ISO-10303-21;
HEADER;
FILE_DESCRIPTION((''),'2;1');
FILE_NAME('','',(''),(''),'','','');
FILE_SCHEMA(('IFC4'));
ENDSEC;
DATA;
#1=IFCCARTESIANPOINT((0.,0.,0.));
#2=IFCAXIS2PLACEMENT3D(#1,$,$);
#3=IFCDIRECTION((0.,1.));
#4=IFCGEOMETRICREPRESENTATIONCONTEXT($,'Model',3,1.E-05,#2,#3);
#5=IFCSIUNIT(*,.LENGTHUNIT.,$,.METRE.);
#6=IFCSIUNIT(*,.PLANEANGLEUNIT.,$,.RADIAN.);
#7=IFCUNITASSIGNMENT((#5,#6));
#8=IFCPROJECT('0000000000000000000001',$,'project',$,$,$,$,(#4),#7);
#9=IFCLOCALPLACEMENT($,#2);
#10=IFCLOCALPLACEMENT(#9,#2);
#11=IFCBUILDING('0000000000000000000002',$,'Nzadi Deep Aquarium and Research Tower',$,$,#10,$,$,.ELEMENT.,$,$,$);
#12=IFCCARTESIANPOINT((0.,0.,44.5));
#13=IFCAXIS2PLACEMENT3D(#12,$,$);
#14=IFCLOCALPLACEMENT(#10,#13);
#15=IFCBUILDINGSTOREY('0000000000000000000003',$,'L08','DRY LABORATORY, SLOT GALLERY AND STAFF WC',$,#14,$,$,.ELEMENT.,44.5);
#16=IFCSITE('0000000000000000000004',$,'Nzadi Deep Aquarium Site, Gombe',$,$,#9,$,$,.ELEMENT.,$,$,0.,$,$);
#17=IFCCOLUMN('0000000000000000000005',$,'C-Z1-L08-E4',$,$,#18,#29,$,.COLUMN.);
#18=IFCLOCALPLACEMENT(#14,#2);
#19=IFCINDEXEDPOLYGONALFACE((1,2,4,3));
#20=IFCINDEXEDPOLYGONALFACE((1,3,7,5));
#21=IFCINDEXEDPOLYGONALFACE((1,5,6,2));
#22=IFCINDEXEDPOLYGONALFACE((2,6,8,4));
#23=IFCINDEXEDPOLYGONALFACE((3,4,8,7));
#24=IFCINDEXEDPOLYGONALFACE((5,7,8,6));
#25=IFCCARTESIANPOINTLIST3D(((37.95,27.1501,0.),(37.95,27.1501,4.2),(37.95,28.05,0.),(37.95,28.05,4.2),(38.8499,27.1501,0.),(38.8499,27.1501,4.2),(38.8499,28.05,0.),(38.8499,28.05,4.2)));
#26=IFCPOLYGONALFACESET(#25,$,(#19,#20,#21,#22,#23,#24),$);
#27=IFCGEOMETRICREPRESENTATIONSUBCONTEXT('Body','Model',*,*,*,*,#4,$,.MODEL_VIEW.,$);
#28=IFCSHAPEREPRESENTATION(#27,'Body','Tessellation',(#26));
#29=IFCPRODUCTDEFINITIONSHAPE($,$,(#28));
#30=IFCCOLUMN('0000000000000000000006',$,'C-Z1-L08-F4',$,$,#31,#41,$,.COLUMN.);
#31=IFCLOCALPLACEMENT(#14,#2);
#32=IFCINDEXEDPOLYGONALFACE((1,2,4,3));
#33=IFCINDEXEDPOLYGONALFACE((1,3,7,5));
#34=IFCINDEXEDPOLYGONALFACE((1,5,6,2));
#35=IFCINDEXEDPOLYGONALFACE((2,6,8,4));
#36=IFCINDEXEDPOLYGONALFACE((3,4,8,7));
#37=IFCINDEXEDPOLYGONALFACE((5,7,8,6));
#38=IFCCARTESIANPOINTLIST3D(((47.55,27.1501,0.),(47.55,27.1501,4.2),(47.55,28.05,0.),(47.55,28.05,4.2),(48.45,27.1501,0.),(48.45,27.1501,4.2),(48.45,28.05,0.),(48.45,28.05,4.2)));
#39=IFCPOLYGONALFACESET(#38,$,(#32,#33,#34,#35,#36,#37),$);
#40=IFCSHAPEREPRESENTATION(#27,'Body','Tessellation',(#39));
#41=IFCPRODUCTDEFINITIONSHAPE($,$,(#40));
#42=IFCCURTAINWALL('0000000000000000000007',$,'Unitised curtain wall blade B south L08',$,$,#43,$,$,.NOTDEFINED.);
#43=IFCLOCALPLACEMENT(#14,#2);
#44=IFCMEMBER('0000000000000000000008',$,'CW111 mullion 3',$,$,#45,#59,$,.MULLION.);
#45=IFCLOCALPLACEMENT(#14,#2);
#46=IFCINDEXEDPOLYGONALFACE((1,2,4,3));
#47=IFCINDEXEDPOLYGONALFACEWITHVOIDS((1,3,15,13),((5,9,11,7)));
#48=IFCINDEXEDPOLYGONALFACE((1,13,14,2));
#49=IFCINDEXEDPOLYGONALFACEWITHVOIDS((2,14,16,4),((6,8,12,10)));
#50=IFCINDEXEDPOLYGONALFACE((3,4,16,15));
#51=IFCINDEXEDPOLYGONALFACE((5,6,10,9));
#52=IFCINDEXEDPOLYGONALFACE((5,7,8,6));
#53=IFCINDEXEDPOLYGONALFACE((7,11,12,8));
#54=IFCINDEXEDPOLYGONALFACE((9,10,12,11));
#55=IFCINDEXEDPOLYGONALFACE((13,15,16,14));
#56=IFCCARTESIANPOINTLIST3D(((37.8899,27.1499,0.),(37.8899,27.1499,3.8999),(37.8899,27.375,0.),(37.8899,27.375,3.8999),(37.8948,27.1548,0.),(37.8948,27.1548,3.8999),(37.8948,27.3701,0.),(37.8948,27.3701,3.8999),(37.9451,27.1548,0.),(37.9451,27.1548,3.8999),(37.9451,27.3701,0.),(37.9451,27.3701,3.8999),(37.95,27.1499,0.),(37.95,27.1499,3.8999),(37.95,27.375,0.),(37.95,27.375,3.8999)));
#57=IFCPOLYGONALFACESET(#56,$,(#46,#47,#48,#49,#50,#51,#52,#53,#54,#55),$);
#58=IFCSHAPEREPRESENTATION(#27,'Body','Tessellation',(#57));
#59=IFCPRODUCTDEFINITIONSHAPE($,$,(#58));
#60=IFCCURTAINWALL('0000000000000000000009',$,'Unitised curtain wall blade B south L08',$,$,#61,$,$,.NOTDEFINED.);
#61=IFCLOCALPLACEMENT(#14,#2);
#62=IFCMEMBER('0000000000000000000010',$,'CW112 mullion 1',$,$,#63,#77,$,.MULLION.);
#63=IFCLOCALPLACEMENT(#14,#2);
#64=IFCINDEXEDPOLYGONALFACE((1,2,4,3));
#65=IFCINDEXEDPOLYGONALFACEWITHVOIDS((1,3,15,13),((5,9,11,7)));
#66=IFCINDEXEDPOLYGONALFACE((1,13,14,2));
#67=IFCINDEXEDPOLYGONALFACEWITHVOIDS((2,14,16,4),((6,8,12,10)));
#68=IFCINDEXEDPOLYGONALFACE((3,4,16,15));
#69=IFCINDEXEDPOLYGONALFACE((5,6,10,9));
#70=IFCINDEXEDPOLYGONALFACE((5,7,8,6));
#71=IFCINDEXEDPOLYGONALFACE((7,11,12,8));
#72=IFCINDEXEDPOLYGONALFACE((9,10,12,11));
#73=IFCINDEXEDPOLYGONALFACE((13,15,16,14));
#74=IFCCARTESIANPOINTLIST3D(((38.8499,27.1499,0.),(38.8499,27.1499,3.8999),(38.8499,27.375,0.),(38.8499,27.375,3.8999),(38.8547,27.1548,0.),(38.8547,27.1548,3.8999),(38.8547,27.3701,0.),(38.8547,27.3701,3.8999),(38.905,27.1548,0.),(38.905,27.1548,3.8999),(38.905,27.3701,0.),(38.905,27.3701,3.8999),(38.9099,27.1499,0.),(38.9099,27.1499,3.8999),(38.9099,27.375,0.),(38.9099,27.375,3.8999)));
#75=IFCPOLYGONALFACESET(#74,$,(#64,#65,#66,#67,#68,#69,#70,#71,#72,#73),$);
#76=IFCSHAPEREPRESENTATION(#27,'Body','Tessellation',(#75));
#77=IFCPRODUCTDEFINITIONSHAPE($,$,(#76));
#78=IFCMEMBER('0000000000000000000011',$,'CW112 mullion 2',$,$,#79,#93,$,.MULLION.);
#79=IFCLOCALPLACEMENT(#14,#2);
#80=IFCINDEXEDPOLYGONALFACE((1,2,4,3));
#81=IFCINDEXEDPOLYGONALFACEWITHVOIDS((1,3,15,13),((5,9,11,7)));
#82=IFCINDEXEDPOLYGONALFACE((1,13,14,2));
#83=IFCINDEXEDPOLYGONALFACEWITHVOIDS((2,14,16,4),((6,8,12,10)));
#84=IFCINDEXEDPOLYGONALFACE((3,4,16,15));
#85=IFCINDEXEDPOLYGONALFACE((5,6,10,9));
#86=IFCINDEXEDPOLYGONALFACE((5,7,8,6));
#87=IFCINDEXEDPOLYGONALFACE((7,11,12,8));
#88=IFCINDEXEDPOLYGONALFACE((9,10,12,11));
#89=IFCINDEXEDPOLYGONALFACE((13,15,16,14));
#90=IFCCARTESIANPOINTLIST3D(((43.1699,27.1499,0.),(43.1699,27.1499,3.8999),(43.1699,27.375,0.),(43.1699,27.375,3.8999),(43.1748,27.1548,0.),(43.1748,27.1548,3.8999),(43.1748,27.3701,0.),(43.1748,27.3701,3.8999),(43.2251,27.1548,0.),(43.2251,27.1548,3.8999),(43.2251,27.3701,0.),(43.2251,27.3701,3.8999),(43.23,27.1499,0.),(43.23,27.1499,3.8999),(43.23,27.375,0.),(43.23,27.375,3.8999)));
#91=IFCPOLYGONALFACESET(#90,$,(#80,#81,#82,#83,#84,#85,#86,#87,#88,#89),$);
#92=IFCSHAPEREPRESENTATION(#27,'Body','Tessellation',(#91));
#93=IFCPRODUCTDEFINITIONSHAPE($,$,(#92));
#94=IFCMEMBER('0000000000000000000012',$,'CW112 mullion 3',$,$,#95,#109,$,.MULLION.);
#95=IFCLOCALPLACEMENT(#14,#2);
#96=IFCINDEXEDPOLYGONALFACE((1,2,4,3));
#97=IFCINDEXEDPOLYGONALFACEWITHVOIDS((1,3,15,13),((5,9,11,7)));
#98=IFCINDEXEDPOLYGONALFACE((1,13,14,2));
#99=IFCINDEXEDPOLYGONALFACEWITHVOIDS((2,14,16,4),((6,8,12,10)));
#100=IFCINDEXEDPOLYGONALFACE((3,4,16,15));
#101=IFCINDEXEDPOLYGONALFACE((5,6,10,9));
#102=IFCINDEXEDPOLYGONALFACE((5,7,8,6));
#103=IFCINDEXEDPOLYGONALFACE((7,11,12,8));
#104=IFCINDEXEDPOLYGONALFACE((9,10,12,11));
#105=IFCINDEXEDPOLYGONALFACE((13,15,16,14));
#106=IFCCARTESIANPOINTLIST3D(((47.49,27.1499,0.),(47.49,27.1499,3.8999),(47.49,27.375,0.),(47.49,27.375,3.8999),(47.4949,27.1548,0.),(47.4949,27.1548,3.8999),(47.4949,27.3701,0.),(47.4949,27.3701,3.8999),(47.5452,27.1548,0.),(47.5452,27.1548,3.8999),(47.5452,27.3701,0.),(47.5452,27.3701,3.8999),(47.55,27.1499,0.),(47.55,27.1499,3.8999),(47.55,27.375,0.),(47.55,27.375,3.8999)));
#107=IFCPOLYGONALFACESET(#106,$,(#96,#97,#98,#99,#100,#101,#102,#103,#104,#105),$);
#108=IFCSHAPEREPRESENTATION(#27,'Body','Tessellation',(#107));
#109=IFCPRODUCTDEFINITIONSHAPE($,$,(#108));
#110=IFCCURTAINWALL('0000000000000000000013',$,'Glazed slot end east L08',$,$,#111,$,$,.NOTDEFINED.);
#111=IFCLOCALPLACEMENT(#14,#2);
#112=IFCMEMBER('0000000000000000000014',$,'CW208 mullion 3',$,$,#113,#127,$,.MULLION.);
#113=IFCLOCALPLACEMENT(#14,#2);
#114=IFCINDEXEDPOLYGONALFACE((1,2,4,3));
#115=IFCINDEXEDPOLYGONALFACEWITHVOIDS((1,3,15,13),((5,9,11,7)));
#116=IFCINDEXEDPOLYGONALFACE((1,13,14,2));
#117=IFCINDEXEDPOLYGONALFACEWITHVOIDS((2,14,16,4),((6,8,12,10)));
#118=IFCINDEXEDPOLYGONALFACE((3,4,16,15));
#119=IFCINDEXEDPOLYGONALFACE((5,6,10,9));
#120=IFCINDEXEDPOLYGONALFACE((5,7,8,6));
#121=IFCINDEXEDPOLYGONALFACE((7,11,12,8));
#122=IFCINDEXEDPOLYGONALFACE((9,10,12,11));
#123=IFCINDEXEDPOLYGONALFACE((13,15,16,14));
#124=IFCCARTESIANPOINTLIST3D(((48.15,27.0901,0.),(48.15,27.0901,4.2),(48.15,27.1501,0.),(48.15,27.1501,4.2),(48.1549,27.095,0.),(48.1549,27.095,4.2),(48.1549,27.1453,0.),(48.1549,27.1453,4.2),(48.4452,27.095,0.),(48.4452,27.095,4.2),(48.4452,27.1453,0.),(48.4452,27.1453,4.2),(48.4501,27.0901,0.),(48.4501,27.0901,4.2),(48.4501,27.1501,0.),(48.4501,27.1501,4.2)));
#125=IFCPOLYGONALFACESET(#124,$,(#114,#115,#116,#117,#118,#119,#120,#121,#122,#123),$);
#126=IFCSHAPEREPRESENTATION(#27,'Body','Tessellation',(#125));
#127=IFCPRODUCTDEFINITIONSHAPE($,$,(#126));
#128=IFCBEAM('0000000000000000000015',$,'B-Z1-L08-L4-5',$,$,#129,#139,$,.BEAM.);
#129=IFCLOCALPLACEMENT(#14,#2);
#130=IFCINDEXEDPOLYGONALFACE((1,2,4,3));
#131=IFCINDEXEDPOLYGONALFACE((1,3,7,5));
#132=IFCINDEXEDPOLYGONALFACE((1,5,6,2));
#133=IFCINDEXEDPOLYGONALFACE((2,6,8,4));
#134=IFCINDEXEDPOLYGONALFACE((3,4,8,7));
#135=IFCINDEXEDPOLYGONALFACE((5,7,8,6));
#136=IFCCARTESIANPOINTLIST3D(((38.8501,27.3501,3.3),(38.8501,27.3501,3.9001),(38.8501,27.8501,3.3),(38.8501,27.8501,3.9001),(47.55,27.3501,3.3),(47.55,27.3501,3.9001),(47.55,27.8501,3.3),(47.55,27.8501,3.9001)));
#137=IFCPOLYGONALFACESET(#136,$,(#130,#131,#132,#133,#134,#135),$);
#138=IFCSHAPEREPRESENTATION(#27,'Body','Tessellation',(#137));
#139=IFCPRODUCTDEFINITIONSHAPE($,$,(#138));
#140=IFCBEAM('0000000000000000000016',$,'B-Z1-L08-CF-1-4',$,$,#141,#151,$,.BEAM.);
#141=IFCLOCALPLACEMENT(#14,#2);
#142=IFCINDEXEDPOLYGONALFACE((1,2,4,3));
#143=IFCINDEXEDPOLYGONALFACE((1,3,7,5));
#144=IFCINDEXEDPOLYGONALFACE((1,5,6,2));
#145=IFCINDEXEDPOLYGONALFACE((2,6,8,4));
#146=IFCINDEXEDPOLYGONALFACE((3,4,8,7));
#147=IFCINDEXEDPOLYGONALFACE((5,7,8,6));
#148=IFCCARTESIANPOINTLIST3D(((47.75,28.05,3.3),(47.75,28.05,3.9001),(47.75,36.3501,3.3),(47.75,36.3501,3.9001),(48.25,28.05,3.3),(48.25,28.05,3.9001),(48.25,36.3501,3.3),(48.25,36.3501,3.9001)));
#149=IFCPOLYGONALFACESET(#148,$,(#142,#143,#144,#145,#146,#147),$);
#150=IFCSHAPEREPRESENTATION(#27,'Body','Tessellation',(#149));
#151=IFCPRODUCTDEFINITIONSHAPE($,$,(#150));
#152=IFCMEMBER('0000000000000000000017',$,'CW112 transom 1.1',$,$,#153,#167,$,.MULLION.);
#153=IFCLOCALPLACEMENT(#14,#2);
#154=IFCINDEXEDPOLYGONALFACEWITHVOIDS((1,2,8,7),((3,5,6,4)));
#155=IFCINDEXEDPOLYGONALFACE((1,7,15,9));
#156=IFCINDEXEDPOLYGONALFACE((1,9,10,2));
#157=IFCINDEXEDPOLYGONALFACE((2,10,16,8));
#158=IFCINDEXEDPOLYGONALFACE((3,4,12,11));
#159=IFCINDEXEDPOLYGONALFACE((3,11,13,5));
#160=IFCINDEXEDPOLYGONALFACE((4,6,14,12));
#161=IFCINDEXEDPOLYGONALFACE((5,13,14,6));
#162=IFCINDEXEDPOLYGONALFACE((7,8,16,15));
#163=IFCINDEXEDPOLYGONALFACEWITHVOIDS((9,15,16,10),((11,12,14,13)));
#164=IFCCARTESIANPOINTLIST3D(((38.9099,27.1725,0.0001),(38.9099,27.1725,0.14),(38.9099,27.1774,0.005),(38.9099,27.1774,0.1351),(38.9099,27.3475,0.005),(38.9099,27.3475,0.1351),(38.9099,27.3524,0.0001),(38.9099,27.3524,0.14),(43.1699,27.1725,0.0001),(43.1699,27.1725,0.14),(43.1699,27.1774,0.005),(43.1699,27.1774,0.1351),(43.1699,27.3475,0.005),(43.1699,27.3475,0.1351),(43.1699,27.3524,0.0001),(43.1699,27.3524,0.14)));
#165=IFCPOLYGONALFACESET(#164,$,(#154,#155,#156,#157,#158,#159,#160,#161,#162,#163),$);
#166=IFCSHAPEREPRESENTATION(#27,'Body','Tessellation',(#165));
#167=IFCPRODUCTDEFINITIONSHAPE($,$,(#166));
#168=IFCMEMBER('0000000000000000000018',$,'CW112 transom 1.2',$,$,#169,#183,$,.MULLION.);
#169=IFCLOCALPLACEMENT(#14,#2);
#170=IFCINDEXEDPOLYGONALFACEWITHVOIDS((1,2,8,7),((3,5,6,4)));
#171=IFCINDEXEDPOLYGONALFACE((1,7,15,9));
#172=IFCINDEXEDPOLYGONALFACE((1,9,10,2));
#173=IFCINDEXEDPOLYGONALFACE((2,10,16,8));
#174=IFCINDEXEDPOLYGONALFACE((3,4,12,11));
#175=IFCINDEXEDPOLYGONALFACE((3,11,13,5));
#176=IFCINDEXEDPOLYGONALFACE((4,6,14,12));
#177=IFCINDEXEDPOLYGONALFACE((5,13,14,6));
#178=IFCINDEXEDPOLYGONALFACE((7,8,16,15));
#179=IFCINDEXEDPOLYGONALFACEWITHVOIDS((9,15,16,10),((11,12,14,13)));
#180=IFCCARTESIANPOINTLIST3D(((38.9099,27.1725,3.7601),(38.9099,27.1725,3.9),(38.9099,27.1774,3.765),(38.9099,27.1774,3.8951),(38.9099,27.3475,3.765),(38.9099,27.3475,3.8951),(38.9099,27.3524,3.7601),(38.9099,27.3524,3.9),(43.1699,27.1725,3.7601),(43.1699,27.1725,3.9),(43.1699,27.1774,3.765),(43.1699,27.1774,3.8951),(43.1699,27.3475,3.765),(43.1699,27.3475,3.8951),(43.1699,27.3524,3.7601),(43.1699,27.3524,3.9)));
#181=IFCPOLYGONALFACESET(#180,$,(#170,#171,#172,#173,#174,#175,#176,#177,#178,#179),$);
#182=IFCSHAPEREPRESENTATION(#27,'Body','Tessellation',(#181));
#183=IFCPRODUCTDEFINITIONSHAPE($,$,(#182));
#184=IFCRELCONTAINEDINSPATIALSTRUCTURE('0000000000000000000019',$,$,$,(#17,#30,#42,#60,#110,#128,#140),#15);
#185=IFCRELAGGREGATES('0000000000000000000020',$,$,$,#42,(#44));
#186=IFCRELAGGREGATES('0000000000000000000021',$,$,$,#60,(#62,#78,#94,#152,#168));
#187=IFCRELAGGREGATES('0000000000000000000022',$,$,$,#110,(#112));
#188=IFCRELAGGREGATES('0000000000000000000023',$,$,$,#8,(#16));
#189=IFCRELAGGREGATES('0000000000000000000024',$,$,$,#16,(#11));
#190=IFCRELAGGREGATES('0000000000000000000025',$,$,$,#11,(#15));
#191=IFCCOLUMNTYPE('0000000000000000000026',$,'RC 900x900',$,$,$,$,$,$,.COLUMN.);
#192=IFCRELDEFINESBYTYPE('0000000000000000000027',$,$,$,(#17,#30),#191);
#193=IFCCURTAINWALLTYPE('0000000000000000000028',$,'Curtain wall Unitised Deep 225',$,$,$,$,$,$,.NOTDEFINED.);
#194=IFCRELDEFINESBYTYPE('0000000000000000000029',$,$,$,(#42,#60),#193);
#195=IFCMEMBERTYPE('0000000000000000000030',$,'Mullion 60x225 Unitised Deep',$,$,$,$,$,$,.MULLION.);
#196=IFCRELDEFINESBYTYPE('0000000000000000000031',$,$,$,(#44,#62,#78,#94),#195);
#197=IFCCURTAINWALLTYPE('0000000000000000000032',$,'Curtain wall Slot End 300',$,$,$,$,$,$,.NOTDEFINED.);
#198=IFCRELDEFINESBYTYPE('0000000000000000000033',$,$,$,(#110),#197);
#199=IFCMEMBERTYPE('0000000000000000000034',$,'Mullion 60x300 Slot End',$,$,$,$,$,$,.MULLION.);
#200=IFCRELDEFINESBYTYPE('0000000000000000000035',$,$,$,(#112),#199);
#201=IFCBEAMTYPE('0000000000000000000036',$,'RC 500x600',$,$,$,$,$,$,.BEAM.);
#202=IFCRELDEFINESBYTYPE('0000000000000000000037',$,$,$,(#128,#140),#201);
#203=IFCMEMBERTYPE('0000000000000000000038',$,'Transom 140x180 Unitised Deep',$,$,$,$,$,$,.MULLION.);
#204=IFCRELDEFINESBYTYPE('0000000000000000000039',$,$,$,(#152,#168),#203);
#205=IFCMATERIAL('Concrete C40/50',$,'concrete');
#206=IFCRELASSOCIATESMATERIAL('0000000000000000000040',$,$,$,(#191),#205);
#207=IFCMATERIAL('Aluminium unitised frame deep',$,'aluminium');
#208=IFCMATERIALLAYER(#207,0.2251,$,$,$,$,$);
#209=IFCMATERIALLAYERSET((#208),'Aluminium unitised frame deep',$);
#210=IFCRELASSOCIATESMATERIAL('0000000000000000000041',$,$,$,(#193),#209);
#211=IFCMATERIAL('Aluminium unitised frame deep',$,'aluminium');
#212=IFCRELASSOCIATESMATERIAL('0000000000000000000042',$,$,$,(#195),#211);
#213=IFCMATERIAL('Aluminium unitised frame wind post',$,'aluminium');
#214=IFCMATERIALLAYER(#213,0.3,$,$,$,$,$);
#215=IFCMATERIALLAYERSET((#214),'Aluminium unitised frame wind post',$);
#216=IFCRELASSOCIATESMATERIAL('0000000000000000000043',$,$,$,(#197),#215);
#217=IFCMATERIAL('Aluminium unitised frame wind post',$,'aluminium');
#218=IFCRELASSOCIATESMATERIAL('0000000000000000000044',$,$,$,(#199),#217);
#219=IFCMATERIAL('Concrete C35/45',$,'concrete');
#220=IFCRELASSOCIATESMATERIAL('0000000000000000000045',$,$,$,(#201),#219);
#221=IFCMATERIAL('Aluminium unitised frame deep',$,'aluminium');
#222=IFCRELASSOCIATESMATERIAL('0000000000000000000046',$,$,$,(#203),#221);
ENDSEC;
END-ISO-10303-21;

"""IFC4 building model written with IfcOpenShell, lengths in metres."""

from ifc_helpers import new_model, si_unit, direction, frame, origin, origin_2d, place, context, subcontext, project, spatial, rectangle, hollow_rectangle, extrude, material, layer, layer_set, material_profile, profile_set, type_object, element, aggregate, save


model = new_model("IFC4")

# Units and contexts
model_context = context("Model", 3, precision=1e-05, world=origin(), true_north=direction((0.0, 1.0)))
body_context = subcontext(model_context, "Body", "Model", "MODEL_VIEW")
ifc_project = project(units=[si_unit("LENGTHUNIT", "METRE"), si_unit("PLANEANGLEUNIT", "RADIAN")], contexts=[model_context])

# Site, building, storey
site_placement = place(None, origin())
site = spatial("IfcSite", under=ifc_project, at=site_placement, Name="Nzadi Deep Aquarium Site, Gombe", CompositionType="ELEMENT", RefElevation=0.0)
building_placement = place(site_placement, origin())
building = spatial("IfcBuilding", under=site, at=building_placement, Name="Nzadi Deep Aquarium and Research Tower", CompositionType="ELEMENT")
storey_placement = place(building_placement, frame((0.0, 0.0, 44.5)))
storey = spatial("IfcBuildingStorey", under=building, at=storey_placement, Name="L08", Description="DRY LABORATORY, SLOT GALLERY AND STAFF WC", CompositionType="ELEMENT", Elevation=44.5)

# Columns
ifc_material_1 = material(Name="Concrete C40/50", Category="concrete")
ifc_material_profile_1 = material_profile(ifc_material_1, rectangle(XDim=0.8999, YDim=0.8999, at=origin_2d()))
ifc_profile_set_1 = profile_set([ifc_material_profile_1], Name="Concrete C40/50")
column_type = type_object("IfcColumnType", Name="RC 900x900", PredefinedType="COLUMN", material=ifc_profile_set_1)
for number, where, z_axis, x_axis, name in (
    (1, (38.3999, 27.6001, 0.0), (0.0, 0.0, 1.0), (1.0, 0.0, 0.0), "C-Z1-L08-E4"),
    (2, (48.0, 27.6001, 0.0), (0.0, 0.0, 1.0), (1.0, 0.0, 0.0), "C-Z1-L08-F4"),
):
    element("IfcColumn", number, at=place(storey_placement, frame(where, z_axis=z_axis, x_axis=x_axis)), inside=storey, type_object=column_type, Name=name, PredefinedType="COLUMN", context=body_context, shape_type="SweptSolid", body=[
        extrude(rectangle(XDim=0.8999, YDim=0.8999, at=origin_2d()), origin(), (0.0, 0.0, 1.0), 4.2),
    ])

# Curtain wall, member
ifc_material_2 = material(Name="Aluminium unitised frame deep", Category="aluminium")
ifc_layer_1 = layer(ifc_material_2, 0.2251)
ifc_layer_set_1 = layer_set([ifc_layer_1], Name="Aluminium unitised frame deep")
curtain_wall_type_1 = type_object("IfcCurtainWallType", Name="Curtain wall Unitised Deep 225", PredefinedType="NOTDEFINED", material=ifc_layer_set_1)
curtain_wall_1_placement = place(storey_placement, origin())
curtain_wall_1 = element("IfcCurtainWall", 3, at=curtain_wall_1_placement, inside=storey, type_object=curtain_wall_type_1, Name="Unitised curtain wall blade B south L08", PredefinedType="NOTDEFINED")
ifc_material_3 = material(Name="Aluminium unitised frame deep", Category="aluminium")
ifc_material_profile_2 = material_profile(ifc_material_3, hollow_rectangle(XDim=0.2251, YDim=0.0601, WallThickness=0.0049, at=origin_2d()))
ifc_profile_set_2 = profile_set([ifc_material_profile_2], Name="Aluminium unitised frame deep")
member_type_1 = type_object("IfcMemberType", Name="Mullion 60x225 Unitised Deep", PredefinedType="MULLION", material=ifc_profile_set_2)
member_1_placement = place(storey_placement, frame((37.9199, 27.2625, 0.0), z_axis=(0.0, 0.0, 1.0), x_axis=(0.0, 1.0, 0.0)))
member_1 = element("IfcMember", 4, at=member_1_placement, type_object=member_type_1, Name="CW111 mullion 3", PredefinedType="MULLION", context=body_context, shape_type="SweptSolid", body=[
    extrude(hollow_rectangle(XDim=0.2251, YDim=0.0601, WallThickness=0.0049, at=origin_2d()), origin(), (0.0, 0.0, 1.0), 3.8999),
])

# Curtain wall, members
curtain_wall_2_placement = place(storey_placement, origin())
curtain_wall_2 = element("IfcCurtainWall", 5, at=curtain_wall_2_placement, inside=storey, type_object=curtain_wall_type_1, Name="Unitised curtain wall blade B south L08", PredefinedType="NOTDEFINED")
member_2_placement = place(storey_placement, frame((38.8799, 27.2625, 0.0), z_axis=(0.0, 0.0, 1.0), x_axis=(0.0, 1.0, 0.0)))
member_2 = element("IfcMember", 6, at=member_2_placement, type_object=member_type_1, Name="CW112 mullion 1", PredefinedType="MULLION", context=body_context, shape_type="SweptSolid", body=[
    extrude(hollow_rectangle(XDim=0.2251, YDim=0.0601, WallThickness=0.0049, at=origin_2d()), origin(), (0.0, 0.0, 1.0), 3.8999),
])
member_3_placement = place(storey_placement, frame((43.2, 27.2625, 0.0), z_axis=(0.0, 0.0, 1.0), x_axis=(0.0, 1.0, 0.0)))
member_3 = element("IfcMember", 7, at=member_3_placement, type_object=member_type_1, Name="CW112 mullion 2", PredefinedType="MULLION", context=body_context, shape_type="SweptSolid", body=[
    extrude(hollow_rectangle(XDim=0.2251, YDim=0.0601, WallThickness=0.0049, at=origin_2d()), origin(), (0.0, 0.0, 1.0), 3.8999),
])
member_4_placement = place(storey_placement, frame((47.52, 27.2625, 0.0), z_axis=(0.0, 0.0, 1.0), x_axis=(0.0, 1.0, 0.0)))
member_4 = element("IfcMember", 8, at=member_4_placement, type_object=member_type_1, Name="CW112 mullion 3", PredefinedType="MULLION", context=body_context, shape_type="SweptSolid", body=[
    extrude(hollow_rectangle(XDim=0.2251, YDim=0.0601, WallThickness=0.0049, at=origin_2d()), origin(), (0.0, 0.0, 1.0), 3.8999),
])

# Curtain wall, member
ifc_material_4 = material(Name="Aluminium unitised frame wind post", Category="aluminium")
ifc_layer_2 = layer(ifc_material_4, 0.3)
ifc_layer_set_2 = layer_set([ifc_layer_2], Name="Aluminium unitised frame wind post")
curtain_wall_type_2 = type_object("IfcCurtainWallType", Name="Curtain wall Slot End 300", PredefinedType="NOTDEFINED", material=ifc_layer_set_2)
curtain_wall_3_placement = place(storey_placement, origin())
curtain_wall_3 = element("IfcCurtainWall", 9, at=curtain_wall_3_placement, inside=storey, type_object=curtain_wall_type_2, Name="Glazed slot end east L08", PredefinedType="NOTDEFINED")
ifc_material_5 = material(Name="Aluminium unitised frame wind post", Category="aluminium")
ifc_material_profile_3 = material_profile(ifc_material_5, hollow_rectangle(XDim=0.3, YDim=0.0601, WallThickness=0.0049, at=origin_2d()))
ifc_profile_set_3 = profile_set([ifc_material_profile_3], Name="Aluminium unitised frame wind post")
member_type_2 = type_object("IfcMemberType", Name="Mullion 60x300 Slot End", PredefinedType="MULLION", material=ifc_profile_set_3)
member_5_placement = place(storey_placement, frame((48.3, 27.1201, 0.0), z_axis=(0.0, 0.0, 1.0), x_axis=(-1.0, 0.0, 0.0)))
member_5 = element("IfcMember", 10, at=member_5_placement, type_object=member_type_2, Name="CW208 mullion 3", PredefinedType="MULLION", context=body_context, shape_type="SweptSolid", body=[
    extrude(hollow_rectangle(XDim=0.3, YDim=0.0601, WallThickness=0.0049, at=origin_2d()), origin(), (0.0, 0.0, 1.0), 4.2),
])

# Beams
ifc_material_6 = material(Name="Concrete C35/45", Category="concrete")
ifc_material_profile_4 = material_profile(ifc_material_6, rectangle(XDim=0.5, YDim=0.6001, at=origin_2d()))
ifc_profile_set_4 = profile_set([ifc_material_profile_4], Name="Concrete C35/45")
beam_type = type_object("IfcBeamType", Name="RC 500x600", PredefinedType="BEAM", material=ifc_profile_set_4)
beam_1_placement = place(storey_placement, frame((38.8501, 27.6001, 3.6001), z_axis=(1.0, 0.0, 0.0), x_axis=(0.0, 1.0, 0.0)))
element("IfcBeam", 11, at=beam_1_placement, inside=storey, type_object=beam_type, Name="B-Z1-L08-L4-5", PredefinedType="BEAM", context=body_context, shape_type="SweptSolid", body=[
    extrude(rectangle(XDim=0.5, YDim=0.6001, at=origin_2d()), origin(), (0.0, 0.0, 1.0), 8.7),
])
beam_2_placement = place(storey_placement, frame((48.0, 28.05, 3.6001), z_axis=(0.0, 1.0, 0.0), x_axis=(-1.0, 0.0, 0.0)))
element("IfcBeam", 12, at=beam_2_placement, inside=storey, type_object=beam_type, Name="B-Z1-L08-CF-1-4", PredefinedType="BEAM", context=body_context, shape_type="SweptSolid", body=[
    extrude(rectangle(XDim=0.5, YDim=0.6001, at=origin_2d()), origin(), (0.0, 0.0, 1.0), 8.3),
])

# Members
ifc_material_7 = material(Name="Aluminium unitised frame deep", Category="aluminium")
ifc_material_profile_5 = material_profile(ifc_material_7, hollow_rectangle(XDim=0.1799, YDim=0.1399, WallThickness=0.0049, at=origin_2d()))
ifc_profile_set_5 = profile_set([ifc_material_profile_5], Name="Aluminium unitised frame deep")
member_type_3 = type_object("IfcMemberType", Name="Transom 140x180 Unitised Deep", PredefinedType="MULLION", material=ifc_profile_set_5)
member_6_placement = place(storey_placement, frame((38.9099, 27.2625, 0.0701), z_axis=(1.0, 0.0, 0.0), x_axis=(0.0, 1.0, 0.0)))
member_6 = element("IfcMember", 13, at=member_6_placement, type_object=member_type_3, Name="CW112 transom 1.1", PredefinedType="MULLION", context=body_context, shape_type="SweptSolid", body=[
    extrude(hollow_rectangle(XDim=0.1799, YDim=0.1399, WallThickness=0.0049, at=origin_2d()), origin(), (0.0, 0.0, 1.0), 4.26),
])
member_7_placement = place(storey_placement, frame((38.9099, 27.2625, 3.8301), z_axis=(1.0, 0.0, 0.0), x_axis=(0.0, 1.0, 0.0)))
member_7 = element("IfcMember", 14, at=member_7_placement, type_object=member_type_3, Name="CW112 transom 1.2", PredefinedType="MULLION", context=body_context, shape_type="SweptSolid", body=[
    extrude(hollow_rectangle(XDim=0.1799, YDim=0.1399, WallThickness=0.0049, at=origin_2d()), origin(), (0.0, 0.0, 1.0), 4.26),
])

aggregate(curtain_wall_1, [member_1])
aggregate(curtain_wall_2, [member_2, member_3, member_4, member_6, member_7])
aggregate(curtain_wall_3, [member_5])

save(model, "model.ifc")
